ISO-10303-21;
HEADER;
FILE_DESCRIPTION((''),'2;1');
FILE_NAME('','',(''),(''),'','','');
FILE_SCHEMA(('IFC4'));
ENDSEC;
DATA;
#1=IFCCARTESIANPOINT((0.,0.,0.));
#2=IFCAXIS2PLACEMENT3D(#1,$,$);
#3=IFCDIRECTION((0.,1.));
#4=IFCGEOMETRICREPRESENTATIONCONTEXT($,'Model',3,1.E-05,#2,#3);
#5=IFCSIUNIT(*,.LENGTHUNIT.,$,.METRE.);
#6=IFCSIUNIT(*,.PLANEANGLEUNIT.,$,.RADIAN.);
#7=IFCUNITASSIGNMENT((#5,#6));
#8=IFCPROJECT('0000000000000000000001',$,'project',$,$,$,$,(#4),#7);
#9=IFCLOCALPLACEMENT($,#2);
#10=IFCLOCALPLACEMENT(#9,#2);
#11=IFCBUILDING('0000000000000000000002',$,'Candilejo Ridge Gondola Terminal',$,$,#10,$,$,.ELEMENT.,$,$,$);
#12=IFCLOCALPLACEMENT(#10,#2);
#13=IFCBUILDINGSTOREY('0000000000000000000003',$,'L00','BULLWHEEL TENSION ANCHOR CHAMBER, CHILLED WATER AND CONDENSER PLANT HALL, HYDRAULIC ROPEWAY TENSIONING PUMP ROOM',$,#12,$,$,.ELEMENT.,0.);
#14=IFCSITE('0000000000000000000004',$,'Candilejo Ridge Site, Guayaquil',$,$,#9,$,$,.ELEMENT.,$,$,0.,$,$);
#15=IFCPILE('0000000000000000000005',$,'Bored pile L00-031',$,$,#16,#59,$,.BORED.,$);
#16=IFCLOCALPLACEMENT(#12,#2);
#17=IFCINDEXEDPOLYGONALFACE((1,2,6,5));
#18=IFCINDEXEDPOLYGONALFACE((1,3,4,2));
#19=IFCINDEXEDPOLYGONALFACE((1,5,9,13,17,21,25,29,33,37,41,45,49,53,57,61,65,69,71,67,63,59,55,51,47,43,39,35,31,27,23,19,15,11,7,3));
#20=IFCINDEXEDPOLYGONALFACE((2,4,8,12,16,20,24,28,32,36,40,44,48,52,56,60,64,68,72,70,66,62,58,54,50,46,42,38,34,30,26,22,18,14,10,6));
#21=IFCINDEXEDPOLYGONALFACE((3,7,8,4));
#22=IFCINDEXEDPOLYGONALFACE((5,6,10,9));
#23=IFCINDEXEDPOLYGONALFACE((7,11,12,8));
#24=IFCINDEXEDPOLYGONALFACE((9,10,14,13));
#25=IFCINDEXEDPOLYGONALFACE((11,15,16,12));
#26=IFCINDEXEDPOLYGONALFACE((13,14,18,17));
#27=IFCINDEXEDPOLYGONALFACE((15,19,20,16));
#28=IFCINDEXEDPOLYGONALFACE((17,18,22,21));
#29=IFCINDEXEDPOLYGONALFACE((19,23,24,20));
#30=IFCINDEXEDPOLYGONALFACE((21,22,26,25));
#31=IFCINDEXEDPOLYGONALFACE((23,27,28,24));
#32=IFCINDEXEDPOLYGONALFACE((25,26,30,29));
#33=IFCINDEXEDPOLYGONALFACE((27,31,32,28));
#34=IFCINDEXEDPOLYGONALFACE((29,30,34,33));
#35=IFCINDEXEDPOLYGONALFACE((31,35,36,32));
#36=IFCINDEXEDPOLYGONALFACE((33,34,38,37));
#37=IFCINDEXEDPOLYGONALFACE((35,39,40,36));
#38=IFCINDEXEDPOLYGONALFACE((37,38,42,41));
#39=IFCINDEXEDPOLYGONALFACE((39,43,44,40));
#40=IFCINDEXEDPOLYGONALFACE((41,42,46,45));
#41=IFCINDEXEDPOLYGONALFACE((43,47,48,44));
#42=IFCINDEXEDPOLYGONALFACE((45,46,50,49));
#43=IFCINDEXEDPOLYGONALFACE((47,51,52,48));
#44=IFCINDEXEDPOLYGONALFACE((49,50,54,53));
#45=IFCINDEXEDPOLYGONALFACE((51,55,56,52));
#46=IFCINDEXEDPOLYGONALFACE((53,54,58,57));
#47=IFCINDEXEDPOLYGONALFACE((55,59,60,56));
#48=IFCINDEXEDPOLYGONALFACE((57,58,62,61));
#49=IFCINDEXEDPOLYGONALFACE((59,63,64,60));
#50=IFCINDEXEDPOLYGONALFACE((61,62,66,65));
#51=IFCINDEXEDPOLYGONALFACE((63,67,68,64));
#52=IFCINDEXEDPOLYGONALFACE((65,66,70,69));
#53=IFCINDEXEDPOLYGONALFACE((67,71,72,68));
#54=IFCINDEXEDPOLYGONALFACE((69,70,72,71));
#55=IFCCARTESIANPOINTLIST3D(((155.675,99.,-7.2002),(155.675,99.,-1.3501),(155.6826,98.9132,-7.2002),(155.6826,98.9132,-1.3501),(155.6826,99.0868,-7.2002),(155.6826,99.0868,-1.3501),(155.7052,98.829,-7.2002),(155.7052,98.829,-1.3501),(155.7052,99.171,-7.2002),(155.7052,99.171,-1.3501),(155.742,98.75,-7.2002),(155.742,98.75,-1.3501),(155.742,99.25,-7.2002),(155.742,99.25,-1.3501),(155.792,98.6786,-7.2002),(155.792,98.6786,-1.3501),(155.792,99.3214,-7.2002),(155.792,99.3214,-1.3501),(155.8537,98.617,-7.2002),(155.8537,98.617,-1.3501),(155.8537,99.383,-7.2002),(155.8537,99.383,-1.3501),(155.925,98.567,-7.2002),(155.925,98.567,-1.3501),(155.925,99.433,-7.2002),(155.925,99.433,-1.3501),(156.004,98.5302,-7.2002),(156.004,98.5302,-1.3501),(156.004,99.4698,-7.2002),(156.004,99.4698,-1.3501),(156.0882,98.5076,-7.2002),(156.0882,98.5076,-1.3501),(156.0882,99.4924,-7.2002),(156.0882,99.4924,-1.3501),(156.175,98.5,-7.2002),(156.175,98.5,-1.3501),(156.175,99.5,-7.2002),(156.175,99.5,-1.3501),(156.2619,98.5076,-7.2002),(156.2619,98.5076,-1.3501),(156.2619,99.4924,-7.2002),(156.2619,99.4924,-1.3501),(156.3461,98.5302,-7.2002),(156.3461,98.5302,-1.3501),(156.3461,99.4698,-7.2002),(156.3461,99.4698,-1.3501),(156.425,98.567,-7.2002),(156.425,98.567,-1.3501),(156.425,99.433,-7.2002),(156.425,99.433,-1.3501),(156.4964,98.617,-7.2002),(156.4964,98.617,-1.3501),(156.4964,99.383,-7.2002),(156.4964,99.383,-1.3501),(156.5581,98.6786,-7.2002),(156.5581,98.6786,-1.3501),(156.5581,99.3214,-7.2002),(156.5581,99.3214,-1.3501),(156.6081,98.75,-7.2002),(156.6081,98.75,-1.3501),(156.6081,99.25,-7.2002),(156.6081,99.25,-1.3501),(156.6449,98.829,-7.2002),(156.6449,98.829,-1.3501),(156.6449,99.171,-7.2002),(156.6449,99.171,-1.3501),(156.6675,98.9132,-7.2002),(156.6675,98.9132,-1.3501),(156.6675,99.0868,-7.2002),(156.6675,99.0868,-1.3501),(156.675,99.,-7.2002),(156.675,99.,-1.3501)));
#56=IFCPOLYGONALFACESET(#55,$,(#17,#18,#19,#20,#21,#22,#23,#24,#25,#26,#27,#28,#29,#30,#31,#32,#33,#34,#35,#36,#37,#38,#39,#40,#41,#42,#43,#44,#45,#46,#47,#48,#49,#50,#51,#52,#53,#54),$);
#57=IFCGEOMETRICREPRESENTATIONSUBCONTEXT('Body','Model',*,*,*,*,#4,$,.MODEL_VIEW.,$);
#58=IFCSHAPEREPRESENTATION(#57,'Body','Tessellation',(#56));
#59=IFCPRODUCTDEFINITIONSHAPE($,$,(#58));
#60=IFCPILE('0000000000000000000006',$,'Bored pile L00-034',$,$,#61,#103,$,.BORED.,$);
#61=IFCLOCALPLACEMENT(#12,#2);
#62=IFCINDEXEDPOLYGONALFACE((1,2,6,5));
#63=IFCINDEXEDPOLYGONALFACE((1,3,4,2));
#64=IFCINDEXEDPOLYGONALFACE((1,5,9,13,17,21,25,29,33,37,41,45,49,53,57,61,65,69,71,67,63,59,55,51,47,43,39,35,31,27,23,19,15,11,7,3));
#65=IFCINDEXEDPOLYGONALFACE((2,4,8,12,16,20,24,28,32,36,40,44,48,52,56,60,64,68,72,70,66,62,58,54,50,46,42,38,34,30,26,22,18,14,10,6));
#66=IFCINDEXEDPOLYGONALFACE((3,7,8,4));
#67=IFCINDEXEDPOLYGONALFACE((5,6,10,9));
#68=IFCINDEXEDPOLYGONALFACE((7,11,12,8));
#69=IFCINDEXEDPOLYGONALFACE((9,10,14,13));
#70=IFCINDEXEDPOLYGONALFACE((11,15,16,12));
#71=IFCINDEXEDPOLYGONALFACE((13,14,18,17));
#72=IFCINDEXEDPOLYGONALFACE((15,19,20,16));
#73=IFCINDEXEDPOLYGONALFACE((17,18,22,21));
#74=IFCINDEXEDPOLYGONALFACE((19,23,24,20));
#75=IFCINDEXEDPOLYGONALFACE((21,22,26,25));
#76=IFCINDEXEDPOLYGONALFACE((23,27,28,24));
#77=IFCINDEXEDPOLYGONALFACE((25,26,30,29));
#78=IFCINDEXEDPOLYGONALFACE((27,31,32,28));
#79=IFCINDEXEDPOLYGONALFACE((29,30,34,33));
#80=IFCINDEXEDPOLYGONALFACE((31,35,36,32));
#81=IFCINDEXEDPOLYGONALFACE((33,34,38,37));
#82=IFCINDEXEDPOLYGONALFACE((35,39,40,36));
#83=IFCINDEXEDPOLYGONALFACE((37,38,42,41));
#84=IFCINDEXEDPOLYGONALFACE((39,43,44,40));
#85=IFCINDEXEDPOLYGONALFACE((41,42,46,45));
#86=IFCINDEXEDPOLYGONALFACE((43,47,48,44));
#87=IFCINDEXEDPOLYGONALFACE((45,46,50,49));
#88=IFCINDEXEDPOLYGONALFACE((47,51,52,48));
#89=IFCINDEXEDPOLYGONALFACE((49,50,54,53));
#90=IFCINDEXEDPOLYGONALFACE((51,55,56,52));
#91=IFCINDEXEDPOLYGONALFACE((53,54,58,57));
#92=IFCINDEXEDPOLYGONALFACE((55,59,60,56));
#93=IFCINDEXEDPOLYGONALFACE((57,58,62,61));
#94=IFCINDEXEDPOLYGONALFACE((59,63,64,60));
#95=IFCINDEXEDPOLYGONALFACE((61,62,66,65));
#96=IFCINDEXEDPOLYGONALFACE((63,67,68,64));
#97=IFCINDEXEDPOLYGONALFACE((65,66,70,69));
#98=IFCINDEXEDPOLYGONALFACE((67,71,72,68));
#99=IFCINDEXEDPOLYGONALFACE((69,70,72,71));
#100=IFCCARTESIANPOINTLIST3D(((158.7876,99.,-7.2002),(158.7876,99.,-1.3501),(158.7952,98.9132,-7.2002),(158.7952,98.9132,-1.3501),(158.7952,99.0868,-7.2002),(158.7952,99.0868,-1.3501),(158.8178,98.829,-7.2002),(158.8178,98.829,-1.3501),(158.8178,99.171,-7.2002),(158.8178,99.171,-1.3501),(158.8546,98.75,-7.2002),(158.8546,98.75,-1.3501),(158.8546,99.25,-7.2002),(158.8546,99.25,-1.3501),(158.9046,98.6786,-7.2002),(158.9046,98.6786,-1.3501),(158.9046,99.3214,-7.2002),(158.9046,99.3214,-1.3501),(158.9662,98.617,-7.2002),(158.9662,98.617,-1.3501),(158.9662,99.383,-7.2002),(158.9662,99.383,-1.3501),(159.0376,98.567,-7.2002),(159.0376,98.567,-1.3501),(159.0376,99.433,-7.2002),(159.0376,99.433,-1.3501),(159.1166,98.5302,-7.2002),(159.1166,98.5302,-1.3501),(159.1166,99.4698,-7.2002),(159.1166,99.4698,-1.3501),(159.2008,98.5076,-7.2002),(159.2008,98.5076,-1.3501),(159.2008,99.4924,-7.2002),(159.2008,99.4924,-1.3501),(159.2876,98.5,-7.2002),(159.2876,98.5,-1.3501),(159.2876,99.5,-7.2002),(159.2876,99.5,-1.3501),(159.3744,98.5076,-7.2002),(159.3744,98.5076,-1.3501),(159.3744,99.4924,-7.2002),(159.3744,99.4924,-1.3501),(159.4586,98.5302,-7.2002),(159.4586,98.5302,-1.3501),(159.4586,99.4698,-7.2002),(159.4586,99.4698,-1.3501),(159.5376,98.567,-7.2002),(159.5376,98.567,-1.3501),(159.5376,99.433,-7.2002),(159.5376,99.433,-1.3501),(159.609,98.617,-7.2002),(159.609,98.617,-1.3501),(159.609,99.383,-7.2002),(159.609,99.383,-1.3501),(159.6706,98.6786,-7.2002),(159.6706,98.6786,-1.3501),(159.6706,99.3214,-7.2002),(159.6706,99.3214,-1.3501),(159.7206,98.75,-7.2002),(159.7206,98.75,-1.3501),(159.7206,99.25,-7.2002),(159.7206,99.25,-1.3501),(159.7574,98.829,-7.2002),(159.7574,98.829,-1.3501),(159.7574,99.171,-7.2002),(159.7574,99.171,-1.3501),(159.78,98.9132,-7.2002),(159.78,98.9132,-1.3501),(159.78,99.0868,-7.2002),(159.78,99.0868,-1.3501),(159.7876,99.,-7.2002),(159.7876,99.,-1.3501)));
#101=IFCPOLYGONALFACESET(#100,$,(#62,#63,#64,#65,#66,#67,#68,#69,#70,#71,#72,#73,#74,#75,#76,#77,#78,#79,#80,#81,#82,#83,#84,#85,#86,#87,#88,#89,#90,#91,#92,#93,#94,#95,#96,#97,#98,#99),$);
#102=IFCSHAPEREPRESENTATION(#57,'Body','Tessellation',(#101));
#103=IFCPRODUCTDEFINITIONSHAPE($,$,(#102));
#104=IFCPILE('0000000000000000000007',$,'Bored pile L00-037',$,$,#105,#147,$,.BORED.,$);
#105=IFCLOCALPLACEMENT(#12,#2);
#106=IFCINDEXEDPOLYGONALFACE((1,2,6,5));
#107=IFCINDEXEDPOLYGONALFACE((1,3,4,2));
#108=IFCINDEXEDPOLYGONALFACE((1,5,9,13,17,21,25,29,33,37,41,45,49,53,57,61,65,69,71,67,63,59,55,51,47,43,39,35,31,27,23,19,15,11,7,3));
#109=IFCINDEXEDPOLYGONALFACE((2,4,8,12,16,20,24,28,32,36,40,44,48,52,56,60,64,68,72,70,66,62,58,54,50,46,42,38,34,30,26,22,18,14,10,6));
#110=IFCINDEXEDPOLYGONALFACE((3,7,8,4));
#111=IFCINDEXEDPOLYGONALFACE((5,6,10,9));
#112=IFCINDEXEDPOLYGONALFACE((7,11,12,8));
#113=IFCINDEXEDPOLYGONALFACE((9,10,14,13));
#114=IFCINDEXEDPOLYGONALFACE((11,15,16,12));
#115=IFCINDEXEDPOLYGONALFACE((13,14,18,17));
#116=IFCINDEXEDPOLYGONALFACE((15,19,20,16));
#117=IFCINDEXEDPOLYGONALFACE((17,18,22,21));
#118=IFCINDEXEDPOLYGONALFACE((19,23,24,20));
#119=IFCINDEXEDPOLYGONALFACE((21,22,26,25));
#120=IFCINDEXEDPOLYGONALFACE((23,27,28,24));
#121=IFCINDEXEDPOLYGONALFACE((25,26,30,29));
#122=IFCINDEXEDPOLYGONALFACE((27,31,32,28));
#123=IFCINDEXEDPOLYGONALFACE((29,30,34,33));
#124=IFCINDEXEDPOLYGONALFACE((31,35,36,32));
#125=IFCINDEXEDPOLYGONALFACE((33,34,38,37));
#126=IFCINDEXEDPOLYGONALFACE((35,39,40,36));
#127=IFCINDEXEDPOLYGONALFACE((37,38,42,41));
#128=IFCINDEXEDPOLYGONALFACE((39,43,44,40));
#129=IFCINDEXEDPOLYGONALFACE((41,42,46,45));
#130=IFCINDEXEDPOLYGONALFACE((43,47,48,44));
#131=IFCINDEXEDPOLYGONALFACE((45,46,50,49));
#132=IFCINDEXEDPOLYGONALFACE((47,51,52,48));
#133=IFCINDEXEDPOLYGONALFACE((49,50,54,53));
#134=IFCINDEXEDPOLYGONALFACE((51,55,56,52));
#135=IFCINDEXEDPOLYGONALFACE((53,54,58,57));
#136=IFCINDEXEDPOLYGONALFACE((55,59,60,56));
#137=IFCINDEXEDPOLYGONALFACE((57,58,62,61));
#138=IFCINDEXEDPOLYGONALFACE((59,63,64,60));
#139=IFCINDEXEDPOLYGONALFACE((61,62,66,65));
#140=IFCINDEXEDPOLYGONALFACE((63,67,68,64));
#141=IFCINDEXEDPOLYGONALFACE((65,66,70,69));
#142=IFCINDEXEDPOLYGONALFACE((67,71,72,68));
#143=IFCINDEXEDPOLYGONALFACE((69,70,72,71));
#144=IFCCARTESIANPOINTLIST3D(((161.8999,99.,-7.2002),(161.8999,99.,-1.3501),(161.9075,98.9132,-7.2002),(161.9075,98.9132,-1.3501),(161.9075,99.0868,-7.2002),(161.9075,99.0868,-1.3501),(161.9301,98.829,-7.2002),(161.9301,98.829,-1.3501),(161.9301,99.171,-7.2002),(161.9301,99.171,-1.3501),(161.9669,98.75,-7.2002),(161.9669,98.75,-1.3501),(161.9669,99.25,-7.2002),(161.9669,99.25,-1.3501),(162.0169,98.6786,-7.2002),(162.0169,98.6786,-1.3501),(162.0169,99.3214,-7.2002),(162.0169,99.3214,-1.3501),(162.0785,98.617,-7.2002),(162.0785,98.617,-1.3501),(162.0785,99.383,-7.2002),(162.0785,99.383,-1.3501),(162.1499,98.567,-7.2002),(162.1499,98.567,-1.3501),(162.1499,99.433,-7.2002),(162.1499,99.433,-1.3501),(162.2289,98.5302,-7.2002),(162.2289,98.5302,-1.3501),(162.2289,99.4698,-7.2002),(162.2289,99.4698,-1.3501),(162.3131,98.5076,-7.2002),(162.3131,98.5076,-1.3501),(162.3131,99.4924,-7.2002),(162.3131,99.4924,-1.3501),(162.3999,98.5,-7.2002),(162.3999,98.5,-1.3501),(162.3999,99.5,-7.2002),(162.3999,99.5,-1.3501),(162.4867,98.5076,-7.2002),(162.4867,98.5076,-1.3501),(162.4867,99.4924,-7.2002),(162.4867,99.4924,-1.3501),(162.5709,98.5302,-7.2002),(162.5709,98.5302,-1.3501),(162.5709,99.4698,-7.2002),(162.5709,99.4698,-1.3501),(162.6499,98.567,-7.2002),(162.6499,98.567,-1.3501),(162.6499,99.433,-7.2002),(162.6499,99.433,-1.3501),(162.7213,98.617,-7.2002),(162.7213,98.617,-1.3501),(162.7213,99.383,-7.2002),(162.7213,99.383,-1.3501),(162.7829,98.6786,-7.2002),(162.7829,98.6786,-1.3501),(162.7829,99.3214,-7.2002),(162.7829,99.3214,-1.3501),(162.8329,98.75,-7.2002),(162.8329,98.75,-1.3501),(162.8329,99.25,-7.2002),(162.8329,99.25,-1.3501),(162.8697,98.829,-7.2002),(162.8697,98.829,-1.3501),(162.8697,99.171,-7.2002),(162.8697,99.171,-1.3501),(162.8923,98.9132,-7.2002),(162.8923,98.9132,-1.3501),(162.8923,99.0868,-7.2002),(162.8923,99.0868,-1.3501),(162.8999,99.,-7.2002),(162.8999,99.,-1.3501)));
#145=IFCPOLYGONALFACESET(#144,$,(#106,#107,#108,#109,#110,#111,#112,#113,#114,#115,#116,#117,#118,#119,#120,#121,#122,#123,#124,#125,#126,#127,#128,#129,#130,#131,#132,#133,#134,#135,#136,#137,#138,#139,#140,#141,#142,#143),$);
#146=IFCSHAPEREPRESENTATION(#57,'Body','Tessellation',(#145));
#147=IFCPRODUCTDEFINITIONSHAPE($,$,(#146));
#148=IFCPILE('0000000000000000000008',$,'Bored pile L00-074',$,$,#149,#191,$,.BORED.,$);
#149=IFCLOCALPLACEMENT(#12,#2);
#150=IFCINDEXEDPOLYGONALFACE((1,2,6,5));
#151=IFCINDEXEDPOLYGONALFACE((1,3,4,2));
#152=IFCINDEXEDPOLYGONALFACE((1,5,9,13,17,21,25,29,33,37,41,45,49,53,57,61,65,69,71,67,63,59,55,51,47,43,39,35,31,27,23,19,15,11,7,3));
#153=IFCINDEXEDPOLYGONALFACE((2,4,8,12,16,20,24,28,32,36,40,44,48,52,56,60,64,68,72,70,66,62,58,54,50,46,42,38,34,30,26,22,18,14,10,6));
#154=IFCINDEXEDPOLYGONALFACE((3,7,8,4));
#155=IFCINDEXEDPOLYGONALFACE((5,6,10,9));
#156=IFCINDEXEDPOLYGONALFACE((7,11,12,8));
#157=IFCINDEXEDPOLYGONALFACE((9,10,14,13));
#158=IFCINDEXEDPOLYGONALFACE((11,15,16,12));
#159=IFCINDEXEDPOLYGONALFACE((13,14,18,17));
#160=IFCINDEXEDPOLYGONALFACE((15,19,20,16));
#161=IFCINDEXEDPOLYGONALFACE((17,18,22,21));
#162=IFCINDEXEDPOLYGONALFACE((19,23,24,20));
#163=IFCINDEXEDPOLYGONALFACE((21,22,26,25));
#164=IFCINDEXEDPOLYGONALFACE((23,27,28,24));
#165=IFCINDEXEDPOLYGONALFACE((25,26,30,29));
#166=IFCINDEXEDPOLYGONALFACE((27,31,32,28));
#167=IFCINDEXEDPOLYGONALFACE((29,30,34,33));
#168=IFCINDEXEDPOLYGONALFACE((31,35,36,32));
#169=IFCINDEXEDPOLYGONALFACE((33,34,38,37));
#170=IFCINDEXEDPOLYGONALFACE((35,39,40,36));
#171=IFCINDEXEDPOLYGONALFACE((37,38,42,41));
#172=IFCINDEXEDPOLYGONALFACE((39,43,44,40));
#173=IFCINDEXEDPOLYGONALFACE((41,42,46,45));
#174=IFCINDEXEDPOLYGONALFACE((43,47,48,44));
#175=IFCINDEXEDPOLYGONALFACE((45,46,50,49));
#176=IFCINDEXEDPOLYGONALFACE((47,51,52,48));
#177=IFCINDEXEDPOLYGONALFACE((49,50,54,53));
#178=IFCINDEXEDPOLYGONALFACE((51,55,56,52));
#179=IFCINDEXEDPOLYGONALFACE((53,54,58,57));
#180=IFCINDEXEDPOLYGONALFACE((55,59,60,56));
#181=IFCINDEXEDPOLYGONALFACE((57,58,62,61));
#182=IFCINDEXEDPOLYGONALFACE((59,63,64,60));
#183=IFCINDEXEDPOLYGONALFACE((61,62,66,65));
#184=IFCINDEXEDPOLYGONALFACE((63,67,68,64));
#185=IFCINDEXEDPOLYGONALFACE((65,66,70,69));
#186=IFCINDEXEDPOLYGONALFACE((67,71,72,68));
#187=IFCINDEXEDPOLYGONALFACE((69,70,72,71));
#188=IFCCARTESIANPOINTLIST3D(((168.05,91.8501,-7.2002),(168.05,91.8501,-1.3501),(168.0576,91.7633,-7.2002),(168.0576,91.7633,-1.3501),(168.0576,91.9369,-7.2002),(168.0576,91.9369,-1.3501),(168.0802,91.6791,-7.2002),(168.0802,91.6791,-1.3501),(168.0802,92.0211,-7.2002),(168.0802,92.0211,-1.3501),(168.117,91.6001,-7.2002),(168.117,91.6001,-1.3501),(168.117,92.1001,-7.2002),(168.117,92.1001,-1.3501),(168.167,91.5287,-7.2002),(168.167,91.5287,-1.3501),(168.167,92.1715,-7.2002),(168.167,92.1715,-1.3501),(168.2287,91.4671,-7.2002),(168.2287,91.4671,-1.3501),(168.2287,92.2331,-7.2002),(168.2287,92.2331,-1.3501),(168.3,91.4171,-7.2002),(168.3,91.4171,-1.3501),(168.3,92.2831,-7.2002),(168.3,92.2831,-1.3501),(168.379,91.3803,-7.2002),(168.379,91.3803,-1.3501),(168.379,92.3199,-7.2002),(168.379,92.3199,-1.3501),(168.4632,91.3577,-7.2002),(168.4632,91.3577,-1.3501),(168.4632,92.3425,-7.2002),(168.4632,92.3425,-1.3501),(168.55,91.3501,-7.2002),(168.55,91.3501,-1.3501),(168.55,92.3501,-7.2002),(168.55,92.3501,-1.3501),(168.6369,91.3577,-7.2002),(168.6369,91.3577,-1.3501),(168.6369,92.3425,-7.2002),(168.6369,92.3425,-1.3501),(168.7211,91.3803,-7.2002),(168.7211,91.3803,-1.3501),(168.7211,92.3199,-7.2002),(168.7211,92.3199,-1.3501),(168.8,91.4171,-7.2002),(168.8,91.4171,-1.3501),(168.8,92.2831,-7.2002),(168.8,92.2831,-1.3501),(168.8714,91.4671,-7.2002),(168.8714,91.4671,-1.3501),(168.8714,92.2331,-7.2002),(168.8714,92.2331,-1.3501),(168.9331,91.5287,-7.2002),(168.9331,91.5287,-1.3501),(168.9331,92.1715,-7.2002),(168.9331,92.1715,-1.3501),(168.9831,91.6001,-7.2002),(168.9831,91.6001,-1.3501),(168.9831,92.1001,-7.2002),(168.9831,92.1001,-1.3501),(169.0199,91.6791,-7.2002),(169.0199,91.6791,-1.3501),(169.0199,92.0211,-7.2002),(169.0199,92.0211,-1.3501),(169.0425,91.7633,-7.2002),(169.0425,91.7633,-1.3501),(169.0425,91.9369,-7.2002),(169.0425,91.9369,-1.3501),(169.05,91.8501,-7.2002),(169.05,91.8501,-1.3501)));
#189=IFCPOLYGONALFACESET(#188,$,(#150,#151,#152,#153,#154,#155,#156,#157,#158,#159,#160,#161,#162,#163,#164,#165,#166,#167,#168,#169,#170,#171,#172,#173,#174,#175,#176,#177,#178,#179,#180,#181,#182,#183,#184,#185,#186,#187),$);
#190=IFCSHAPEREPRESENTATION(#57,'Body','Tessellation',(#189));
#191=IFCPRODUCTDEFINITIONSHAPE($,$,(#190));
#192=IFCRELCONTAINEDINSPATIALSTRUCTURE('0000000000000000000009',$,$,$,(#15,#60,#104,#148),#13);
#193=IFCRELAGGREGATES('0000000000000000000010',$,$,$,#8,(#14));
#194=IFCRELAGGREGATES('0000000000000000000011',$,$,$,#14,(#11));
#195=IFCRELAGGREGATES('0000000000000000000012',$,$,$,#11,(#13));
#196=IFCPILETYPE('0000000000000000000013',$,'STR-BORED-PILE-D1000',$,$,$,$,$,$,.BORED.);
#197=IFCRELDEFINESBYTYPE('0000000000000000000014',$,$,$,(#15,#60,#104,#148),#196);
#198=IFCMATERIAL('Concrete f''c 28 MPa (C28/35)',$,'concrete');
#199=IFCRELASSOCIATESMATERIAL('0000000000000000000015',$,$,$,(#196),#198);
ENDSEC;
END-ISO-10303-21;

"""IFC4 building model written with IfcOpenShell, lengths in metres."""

from ifc_helpers import new_model, si_unit, direction, frame, origin, origin_2d, place, context, subcontext, project, spatial, circle, extrude, material, material_profile, profile_set, type_object, element, save


model = new_model("IFC4")

# Units and contexts
model_context = context("Model", 3, precision=1e-05, world=origin(), true_north=direction((0.0, 1.0)))
body_context = subcontext(model_context, "Body", "Model", "MODEL_VIEW")
ifc_project = project(units=[si_unit("LENGTHUNIT", "METRE"), si_unit("PLANEANGLEUNIT", "RADIAN")], contexts=[model_context])

# Site, building, storey
site_placement = place(None, origin())
site = spatial("IfcSite", under=ifc_project, at=site_placement, Name="Candilejo Ridge Site, Guayaquil", CompositionType="ELEMENT", RefElevation=0.0)
building_placement = place(site_placement, origin())
building = spatial("IfcBuilding", under=site, at=building_placement, Name="Candilejo Ridge Gondola Terminal", CompositionType="ELEMENT")
storey_placement = place(building_placement, origin())
storey = spatial("IfcBuildingStorey", under=building, at=storey_placement, Name="L00", Description="BULLWHEEL TENSION ANCHOR CHAMBER, CHILLED WATER AND CONDENSER PLANT HALL, HYDRAULIC ROPEWAY TENSIONING PUMP ROOM", CompositionType="ELEMENT", Elevation=0.0)

# Piles
ifc_material_1 = material(Name="Concrete f'c 28 MPa (C28/35)", Category="concrete")
ifc_material_profile_1 = material_profile(ifc_material_1, circle(Radius=0.5, at=origin_2d()))
ifc_profile_set_1 = profile_set([ifc_material_profile_1], Name="Concrete f'c 28 MPa (C28/35)")
pile_type = type_object("IfcPileType", Name="STR-BORED-PILE-D1000", PredefinedType="BORED", material=ifc_profile_set_1)
for number, where, z_axis, x_axis, name in (
    (1, (156.175, 99.0, -1.3501), (0.0, 0.0, -1.0), (1.0, 0.0, 0.0), "Bored pile L00-031"),
    (2, (159.2876, 99.0, -1.3501), (0.0, 0.0, -1.0), (1.0, 0.0, 0.0), "Bored pile L00-034"),
    (3, (162.3999, 99.0, -1.3501), (0.0, 0.0, -1.0), (1.0, 0.0, 0.0), "Bored pile L00-037"),
    (4, (168.55, 91.8501, -1.3501), (0.0, 0.0, -1.0), (1.0, 0.0, 0.0), "Bored pile L00-074"),
):
    element("IfcPile", number, at=place(storey_placement, frame(where, z_axis=z_axis, x_axis=x_axis)), inside=storey, type_object=pile_type, Name=name, PredefinedType="BORED", context=body_context, shape_type="SweptSolid", body=[
        extrude(circle(Radius=0.5, at=origin_2d()), origin(), (0.0, 0.0, 1.0), 5.8501),
    ])

save(model, "model.ifc")
